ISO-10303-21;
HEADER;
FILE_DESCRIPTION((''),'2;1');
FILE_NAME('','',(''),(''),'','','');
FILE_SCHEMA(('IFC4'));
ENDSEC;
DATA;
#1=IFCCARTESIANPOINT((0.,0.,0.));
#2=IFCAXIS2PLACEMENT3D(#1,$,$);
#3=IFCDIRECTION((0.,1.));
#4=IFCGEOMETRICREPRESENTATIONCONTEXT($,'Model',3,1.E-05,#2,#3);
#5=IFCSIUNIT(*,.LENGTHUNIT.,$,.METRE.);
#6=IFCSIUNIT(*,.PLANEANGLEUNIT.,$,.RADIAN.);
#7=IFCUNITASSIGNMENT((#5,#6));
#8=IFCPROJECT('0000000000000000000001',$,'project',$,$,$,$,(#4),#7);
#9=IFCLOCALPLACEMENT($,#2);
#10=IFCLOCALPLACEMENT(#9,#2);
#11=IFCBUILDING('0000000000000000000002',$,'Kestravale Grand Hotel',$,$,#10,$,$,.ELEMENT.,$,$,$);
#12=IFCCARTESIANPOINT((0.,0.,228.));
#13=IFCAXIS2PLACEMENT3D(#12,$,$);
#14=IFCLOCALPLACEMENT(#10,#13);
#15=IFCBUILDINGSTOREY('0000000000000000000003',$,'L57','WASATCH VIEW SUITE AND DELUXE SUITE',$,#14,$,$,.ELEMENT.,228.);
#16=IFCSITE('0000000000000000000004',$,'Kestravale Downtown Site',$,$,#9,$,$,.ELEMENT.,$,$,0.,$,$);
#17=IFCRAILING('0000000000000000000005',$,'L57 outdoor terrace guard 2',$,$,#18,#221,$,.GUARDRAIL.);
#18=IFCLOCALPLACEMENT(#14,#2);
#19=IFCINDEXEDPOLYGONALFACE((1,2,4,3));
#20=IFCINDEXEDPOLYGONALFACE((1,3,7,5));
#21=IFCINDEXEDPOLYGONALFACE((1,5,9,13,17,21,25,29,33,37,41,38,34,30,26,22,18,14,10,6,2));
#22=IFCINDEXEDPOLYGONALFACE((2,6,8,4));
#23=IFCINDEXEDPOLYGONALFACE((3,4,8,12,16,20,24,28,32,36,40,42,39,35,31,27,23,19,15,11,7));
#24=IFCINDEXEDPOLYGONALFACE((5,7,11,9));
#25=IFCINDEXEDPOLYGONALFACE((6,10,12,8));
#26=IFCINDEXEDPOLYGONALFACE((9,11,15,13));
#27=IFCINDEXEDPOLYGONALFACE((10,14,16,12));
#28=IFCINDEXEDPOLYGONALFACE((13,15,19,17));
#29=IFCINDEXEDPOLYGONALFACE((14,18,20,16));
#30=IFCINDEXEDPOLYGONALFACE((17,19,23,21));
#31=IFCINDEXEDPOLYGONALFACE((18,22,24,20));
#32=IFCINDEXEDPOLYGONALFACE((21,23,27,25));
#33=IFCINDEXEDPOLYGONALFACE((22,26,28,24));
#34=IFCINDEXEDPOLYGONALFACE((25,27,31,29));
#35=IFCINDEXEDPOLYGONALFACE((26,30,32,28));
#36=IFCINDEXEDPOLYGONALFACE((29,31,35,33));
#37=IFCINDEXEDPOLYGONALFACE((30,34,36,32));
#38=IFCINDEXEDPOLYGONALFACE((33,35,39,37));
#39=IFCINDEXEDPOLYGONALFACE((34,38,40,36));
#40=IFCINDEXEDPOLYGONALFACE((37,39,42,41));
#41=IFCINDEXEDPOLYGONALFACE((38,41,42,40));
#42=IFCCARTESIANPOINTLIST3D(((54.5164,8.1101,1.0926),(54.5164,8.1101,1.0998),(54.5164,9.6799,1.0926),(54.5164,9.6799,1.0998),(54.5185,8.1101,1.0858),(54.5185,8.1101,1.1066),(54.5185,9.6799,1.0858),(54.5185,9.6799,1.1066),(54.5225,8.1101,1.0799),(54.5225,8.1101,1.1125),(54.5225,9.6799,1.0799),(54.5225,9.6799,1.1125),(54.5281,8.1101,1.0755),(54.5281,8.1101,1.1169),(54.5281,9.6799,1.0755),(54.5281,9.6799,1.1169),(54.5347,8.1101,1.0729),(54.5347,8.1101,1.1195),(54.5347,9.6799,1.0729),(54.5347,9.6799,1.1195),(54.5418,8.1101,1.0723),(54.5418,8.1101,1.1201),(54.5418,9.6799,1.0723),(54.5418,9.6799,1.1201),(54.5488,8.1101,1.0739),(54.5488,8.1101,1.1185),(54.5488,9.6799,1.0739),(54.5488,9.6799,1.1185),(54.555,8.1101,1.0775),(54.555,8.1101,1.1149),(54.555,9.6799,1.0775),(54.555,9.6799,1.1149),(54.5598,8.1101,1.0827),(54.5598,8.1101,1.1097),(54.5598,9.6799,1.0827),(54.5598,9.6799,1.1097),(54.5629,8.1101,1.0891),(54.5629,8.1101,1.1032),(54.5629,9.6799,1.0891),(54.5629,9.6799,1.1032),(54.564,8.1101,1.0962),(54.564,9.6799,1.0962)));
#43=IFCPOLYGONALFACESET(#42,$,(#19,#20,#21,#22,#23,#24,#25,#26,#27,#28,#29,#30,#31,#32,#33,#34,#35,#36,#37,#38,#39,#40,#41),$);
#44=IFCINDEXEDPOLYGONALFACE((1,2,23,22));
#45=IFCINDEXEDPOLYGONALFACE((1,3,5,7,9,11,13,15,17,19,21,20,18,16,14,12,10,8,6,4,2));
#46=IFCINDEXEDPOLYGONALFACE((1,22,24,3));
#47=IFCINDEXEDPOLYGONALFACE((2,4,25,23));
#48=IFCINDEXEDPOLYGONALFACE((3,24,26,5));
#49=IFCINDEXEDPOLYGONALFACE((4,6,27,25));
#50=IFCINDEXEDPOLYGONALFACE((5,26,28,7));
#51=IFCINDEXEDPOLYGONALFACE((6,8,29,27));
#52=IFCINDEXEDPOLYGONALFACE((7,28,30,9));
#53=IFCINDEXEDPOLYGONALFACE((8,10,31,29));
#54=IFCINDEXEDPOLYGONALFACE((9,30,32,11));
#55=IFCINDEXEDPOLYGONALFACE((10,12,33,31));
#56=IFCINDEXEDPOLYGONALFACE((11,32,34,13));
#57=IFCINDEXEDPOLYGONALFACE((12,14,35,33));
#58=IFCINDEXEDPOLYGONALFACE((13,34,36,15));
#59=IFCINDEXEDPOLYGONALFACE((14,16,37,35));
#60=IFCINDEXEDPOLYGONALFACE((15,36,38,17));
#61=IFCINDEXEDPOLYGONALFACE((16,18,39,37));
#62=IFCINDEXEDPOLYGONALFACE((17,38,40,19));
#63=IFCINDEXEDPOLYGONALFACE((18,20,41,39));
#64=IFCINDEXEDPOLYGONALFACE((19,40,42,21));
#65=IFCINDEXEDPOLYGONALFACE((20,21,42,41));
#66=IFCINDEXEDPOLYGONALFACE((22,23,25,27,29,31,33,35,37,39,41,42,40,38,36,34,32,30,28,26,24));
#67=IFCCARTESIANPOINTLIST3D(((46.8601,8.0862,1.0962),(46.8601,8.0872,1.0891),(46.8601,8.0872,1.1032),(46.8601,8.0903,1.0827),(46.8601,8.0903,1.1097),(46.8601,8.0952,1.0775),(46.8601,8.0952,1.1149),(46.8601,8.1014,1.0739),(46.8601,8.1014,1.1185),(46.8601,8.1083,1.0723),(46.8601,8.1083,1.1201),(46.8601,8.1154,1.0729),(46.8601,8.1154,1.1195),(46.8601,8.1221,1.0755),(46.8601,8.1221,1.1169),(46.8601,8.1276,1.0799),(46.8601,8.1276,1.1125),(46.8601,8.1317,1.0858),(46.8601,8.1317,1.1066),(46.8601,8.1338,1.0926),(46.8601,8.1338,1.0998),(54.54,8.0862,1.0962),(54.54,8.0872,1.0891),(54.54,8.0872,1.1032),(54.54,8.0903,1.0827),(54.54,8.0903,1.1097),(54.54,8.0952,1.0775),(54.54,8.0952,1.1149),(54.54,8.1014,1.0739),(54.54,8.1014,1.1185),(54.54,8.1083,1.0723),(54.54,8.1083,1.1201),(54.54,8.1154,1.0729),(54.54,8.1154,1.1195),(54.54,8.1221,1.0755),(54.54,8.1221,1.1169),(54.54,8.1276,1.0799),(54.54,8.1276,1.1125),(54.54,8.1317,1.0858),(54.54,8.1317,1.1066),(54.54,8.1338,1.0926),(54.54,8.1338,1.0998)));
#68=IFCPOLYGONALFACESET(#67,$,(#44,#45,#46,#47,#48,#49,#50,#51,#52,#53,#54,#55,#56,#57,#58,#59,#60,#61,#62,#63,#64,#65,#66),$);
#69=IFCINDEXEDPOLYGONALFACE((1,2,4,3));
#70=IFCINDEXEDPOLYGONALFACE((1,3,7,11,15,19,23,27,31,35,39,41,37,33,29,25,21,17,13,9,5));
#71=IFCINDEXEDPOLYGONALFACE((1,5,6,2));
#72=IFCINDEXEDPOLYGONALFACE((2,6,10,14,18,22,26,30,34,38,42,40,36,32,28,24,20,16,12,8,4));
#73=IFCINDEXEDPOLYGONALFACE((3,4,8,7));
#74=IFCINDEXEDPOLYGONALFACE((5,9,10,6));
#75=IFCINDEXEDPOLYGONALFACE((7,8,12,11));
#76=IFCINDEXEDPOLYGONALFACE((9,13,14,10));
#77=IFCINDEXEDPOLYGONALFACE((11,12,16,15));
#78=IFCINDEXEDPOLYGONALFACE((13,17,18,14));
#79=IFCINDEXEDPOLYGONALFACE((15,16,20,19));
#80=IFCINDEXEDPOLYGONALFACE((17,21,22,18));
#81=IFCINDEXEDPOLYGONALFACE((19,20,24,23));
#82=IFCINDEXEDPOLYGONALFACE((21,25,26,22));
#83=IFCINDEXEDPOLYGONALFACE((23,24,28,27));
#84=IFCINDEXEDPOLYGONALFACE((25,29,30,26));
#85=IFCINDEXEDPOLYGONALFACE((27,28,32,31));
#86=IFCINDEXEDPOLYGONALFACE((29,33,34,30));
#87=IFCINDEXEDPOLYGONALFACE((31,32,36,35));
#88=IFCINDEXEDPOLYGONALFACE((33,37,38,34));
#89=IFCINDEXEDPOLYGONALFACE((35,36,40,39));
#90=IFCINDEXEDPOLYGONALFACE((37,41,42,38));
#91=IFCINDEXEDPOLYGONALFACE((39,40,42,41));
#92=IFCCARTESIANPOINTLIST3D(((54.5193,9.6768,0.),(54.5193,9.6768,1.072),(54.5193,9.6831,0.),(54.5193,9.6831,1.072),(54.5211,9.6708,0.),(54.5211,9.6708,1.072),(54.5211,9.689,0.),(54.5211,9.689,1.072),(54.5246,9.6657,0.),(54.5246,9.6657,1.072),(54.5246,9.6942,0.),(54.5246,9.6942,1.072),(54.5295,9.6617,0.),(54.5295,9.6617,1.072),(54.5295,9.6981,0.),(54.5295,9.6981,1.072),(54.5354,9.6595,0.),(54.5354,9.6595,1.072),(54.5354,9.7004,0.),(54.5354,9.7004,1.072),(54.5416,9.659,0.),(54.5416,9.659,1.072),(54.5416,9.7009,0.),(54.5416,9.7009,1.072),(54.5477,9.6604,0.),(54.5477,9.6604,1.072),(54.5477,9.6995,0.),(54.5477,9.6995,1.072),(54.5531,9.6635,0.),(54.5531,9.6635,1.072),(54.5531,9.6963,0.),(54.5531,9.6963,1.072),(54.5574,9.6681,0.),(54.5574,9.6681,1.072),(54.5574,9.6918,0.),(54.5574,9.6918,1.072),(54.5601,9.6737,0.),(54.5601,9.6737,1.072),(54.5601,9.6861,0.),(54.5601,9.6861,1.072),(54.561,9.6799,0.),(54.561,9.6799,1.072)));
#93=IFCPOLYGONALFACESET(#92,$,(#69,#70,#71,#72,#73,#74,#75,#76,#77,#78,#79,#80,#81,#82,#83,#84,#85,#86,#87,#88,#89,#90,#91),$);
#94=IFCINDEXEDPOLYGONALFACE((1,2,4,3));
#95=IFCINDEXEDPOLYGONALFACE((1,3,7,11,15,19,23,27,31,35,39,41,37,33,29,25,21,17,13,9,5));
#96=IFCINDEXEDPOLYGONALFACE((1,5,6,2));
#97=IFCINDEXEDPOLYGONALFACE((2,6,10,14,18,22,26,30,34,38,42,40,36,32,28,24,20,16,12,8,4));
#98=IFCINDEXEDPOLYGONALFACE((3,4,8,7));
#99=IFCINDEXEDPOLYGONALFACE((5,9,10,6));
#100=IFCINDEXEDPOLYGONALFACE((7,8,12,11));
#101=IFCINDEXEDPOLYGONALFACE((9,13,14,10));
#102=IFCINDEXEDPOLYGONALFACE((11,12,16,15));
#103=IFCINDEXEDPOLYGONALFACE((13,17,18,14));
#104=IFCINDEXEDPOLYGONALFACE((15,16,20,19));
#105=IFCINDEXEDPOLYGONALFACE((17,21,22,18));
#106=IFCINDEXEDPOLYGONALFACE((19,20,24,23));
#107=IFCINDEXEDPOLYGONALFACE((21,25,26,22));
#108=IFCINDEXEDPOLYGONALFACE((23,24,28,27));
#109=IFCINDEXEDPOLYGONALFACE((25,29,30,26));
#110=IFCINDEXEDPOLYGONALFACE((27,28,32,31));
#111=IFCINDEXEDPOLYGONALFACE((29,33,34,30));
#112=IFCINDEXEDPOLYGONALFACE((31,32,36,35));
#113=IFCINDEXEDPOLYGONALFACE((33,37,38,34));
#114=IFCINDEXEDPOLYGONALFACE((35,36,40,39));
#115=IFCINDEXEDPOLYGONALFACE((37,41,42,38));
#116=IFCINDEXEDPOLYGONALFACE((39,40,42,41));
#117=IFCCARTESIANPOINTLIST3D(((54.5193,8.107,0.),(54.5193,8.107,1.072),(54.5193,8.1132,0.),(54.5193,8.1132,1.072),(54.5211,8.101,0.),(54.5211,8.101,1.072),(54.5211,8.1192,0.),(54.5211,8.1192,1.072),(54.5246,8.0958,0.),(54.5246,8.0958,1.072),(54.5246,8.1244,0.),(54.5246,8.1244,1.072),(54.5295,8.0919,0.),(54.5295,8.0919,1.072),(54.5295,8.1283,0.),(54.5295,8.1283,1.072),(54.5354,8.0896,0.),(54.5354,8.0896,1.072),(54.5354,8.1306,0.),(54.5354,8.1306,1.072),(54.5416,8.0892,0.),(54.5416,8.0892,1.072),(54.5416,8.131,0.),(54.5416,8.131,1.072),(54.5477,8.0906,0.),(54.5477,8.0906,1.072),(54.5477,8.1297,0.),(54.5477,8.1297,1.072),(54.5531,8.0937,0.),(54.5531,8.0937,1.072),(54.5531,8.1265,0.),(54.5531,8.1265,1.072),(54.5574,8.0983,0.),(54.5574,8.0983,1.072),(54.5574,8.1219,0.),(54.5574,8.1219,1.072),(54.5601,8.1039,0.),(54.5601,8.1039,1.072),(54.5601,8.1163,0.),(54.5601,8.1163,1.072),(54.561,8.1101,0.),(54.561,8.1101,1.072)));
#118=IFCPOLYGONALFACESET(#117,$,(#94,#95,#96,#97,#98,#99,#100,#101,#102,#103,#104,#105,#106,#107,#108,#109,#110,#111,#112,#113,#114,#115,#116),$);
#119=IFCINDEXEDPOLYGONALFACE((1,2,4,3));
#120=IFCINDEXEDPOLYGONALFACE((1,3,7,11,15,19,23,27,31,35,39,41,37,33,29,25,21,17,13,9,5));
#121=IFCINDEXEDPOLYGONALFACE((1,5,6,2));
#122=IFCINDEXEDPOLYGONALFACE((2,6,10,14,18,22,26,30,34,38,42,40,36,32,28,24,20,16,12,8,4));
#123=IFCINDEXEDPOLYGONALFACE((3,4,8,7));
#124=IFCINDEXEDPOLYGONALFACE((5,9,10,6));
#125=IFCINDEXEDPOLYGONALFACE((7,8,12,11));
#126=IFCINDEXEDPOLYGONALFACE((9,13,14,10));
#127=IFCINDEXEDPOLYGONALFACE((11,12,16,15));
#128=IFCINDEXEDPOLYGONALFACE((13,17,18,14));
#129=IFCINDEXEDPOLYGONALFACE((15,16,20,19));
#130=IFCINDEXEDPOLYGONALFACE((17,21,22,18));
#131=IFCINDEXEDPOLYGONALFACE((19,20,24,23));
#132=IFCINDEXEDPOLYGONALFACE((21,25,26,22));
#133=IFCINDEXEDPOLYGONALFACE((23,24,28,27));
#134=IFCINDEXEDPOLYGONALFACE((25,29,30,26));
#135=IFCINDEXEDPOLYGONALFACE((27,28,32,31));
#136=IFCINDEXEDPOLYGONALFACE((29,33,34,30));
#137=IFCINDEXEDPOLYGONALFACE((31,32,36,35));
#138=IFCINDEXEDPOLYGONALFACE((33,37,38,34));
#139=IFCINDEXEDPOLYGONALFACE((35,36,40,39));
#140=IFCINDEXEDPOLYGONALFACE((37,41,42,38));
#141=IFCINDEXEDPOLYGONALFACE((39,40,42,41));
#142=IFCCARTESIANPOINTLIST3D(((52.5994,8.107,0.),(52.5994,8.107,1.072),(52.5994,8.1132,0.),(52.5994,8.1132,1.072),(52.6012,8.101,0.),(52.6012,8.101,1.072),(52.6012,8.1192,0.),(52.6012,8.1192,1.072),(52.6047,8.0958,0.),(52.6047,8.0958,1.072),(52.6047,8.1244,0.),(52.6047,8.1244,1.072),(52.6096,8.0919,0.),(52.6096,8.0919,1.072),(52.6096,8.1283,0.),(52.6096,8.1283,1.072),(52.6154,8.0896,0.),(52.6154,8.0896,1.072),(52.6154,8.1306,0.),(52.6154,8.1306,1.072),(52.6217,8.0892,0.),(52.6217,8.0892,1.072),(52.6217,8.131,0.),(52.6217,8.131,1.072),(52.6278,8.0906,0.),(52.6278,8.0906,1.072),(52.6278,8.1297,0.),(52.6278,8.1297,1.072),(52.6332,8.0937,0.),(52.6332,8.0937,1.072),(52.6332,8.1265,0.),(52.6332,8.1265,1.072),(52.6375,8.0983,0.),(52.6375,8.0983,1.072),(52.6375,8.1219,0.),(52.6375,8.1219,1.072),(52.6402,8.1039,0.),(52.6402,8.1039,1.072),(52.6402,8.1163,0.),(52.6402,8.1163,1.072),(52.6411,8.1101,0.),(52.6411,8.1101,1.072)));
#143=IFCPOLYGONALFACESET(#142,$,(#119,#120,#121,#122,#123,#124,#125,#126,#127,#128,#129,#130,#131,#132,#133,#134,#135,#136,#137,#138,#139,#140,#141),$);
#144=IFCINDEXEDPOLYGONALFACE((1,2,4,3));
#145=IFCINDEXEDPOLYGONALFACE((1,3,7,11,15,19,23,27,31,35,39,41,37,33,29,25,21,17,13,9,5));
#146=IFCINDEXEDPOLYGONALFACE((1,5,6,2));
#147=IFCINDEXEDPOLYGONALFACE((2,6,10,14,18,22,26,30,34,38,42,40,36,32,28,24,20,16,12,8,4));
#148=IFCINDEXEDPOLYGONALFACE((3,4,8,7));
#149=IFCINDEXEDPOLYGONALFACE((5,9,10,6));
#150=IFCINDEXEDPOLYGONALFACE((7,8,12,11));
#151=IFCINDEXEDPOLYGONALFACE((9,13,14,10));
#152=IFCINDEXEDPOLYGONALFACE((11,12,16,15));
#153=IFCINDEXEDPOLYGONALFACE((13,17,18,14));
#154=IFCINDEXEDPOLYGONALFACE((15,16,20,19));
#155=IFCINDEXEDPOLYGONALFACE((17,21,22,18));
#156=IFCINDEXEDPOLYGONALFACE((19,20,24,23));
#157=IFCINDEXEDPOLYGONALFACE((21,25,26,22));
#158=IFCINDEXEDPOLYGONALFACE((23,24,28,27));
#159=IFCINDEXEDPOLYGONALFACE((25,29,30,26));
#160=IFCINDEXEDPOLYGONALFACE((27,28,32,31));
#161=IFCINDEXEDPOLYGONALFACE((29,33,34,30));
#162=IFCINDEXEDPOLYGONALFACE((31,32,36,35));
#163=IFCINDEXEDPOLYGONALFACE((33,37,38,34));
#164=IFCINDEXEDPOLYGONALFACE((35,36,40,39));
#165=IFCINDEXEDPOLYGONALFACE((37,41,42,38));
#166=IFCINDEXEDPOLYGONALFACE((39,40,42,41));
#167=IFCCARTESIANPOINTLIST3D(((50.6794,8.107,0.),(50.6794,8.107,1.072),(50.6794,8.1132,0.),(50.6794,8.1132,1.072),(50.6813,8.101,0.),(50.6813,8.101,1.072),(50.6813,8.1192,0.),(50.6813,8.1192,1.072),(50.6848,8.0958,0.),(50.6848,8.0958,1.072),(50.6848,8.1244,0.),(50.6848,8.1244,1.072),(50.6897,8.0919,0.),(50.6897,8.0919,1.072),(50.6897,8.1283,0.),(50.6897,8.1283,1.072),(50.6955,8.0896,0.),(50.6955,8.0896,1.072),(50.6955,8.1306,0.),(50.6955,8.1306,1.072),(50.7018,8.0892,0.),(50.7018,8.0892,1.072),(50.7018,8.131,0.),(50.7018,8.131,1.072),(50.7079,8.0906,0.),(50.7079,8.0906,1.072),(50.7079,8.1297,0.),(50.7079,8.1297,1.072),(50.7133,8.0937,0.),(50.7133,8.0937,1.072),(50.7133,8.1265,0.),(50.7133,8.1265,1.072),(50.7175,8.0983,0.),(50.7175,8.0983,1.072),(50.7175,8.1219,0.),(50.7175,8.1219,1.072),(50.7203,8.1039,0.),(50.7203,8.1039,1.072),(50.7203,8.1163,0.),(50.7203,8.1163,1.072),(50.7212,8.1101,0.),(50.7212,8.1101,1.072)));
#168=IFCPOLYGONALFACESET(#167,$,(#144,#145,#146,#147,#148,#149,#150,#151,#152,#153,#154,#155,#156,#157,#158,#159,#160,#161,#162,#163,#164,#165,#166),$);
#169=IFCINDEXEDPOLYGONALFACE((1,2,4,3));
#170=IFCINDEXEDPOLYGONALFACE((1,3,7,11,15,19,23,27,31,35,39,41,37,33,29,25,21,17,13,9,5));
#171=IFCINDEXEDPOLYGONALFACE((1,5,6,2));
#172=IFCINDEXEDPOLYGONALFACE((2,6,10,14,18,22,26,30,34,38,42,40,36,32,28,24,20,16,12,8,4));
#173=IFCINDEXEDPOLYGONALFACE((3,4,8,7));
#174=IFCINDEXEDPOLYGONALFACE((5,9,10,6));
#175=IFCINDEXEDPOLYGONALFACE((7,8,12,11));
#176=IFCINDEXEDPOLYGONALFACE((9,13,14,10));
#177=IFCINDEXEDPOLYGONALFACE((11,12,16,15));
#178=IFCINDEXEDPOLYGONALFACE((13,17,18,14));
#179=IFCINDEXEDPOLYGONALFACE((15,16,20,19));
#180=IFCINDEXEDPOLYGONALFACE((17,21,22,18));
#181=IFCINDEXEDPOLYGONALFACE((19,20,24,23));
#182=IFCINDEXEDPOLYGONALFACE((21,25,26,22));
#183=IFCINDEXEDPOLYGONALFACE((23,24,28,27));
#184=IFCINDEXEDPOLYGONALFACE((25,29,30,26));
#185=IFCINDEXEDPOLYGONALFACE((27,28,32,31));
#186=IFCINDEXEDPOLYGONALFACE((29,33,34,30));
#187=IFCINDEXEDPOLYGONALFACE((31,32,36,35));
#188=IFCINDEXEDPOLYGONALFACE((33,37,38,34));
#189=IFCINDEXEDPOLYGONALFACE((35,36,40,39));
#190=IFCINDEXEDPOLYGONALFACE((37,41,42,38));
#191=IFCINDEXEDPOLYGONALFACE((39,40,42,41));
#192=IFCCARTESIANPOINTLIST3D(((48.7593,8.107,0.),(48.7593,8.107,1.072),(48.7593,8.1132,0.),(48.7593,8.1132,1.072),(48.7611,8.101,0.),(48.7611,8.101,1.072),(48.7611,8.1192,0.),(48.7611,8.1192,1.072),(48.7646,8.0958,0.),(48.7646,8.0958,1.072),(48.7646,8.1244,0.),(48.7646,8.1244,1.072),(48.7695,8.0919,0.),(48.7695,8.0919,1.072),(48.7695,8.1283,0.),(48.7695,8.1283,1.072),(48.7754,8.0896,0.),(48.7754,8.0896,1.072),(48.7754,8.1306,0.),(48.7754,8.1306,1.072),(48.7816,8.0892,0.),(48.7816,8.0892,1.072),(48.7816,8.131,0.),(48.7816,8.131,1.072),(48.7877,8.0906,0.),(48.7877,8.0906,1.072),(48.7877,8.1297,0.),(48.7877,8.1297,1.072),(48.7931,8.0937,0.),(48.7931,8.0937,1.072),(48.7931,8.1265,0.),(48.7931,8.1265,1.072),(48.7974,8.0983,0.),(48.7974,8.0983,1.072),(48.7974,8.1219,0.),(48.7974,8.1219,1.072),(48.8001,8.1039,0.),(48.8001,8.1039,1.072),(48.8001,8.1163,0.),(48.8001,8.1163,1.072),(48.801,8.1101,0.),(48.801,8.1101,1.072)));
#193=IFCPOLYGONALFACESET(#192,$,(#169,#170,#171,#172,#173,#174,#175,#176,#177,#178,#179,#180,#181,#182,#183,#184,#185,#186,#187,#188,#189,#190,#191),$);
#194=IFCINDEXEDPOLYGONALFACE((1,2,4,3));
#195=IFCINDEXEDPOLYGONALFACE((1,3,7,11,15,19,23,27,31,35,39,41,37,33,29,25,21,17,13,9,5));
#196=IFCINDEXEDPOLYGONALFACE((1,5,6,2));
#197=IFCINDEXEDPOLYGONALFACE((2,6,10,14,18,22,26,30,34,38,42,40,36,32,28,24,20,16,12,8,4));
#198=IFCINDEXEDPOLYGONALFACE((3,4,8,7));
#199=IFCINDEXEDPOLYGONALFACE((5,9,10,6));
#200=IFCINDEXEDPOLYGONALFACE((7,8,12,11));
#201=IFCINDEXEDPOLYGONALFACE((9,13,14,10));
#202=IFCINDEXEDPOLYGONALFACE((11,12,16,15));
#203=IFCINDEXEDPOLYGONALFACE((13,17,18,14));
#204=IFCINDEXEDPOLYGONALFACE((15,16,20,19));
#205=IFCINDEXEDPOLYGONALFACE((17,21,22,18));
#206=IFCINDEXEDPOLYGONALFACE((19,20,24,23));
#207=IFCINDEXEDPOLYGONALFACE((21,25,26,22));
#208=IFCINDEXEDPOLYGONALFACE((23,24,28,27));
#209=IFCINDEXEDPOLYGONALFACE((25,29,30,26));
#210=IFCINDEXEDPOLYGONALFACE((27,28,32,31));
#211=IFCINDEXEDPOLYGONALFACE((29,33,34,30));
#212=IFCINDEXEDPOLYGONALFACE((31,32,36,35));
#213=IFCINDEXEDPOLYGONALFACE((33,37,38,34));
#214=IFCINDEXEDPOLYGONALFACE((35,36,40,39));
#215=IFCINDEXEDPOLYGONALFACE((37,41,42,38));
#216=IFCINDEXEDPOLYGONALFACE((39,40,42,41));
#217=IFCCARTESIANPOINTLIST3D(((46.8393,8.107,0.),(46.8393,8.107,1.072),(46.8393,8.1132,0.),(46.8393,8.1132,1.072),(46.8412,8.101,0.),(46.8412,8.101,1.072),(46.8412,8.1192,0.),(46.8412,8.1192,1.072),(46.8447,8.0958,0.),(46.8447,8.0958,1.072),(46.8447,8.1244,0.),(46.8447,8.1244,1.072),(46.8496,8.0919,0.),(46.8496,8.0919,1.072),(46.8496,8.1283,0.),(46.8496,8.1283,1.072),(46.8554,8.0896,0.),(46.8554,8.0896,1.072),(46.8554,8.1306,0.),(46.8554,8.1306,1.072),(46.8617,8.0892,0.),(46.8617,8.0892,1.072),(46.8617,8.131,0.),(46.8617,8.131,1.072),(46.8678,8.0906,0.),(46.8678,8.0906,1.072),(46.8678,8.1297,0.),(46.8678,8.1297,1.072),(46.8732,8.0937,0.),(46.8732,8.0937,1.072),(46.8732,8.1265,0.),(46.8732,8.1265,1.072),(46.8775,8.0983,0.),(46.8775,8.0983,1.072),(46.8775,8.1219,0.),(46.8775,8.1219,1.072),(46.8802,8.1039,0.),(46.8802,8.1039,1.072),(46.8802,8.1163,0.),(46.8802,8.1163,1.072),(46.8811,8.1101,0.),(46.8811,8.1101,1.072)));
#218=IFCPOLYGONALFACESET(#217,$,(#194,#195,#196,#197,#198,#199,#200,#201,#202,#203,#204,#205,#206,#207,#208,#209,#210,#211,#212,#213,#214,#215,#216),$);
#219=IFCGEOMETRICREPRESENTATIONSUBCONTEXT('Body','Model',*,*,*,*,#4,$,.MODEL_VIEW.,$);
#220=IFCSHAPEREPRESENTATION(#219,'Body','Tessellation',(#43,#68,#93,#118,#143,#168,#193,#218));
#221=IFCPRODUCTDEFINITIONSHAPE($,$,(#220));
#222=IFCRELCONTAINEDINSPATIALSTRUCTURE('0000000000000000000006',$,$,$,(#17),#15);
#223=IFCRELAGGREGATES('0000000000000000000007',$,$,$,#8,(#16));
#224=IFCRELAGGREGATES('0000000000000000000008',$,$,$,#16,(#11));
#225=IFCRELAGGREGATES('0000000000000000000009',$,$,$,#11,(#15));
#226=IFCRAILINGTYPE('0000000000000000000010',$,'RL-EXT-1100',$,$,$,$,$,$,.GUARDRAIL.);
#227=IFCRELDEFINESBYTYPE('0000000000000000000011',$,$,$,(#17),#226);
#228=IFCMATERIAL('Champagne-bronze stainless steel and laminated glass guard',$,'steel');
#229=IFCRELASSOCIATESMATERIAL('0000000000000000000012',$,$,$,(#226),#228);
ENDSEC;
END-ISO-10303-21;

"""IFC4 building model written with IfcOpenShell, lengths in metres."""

from ifc_helpers import new_model, si_unit, direction, frame, origin, origin_2d, place, context, subcontext, project, spatial, circle, extrude, material, type_object, element, save


model = new_model("IFC4")

# Units and contexts
model_context = context("Model", 3, precision=1e-05, world=origin(), true_north=direction((0.0, 1.0)))
body_context = subcontext(model_context, "Body", "Model", "MODEL_VIEW")
ifc_project = project(units=[si_unit("LENGTHUNIT", "METRE"), si_unit("PLANEANGLEUNIT", "RADIAN")], contexts=[model_context])

# Site, building, storey
site_placement = place(None, origin())
site = spatial("IfcSite", under=ifc_project, at=site_placement, Name="Kestravale Downtown Site", CompositionType="ELEMENT", RefElevation=0.0)
building_placement = place(site_placement, origin())
building = spatial("IfcBuilding", under=site, at=building_placement, Name="Kestravale Grand Hotel", CompositionType="ELEMENT")
storey_placement = place(building_placement, frame((0.0, 0.0, 228.0)))
storey = spatial("IfcBuildingStorey", under=building, at=storey_placement, Name="L57", Description="WASATCH VIEW SUITE AND DELUXE SUITE", CompositionType="ELEMENT", Elevation=228.0)

# Railing
ifc_material_1 = material(Name="Champagne-bronze stainless steel and laminated glass guard", Category="steel")
railing_type = type_object("IfcRailingType", Name="RL-EXT-1100", PredefinedType="GUARDRAIL", material=ifc_material_1)
railing_1_placement = place(storey_placement, frame((54.54, 9.6799, 0.0)))
element("IfcRailing", 1, at=railing_1_placement, inside=storey, type_object=railing_type, Name="L57 outdoor terrace guard 2", PredefinedType="GUARDRAIL", context=body_context, shape_type="SweptSolid", body=[
    extrude(circle(Radius=0.0239, at=origin_2d()), frame((0.0, 0.0, 1.0962), z_axis=(0.0, -1.0, 0.0), x_axis=(1.0, 0.0, 0.0)), (0.0, 0.0, 1.0), 1.5698),
    extrude(circle(Radius=0.0239, at=origin_2d()), frame((0.0, -1.5698, 1.0962), z_axis=(-1.0, 0.0, 0.0), x_axis=(0.0, -1.0, 0.0)), (0.0, 0.0, 1.0), 7.6799),
    extrude(circle(Radius=0.021, at=origin_2d()), origin(), (0.0, 0.0, 1.0), 1.072),
    extrude(circle(Radius=0.021, at=origin_2d()), frame((0.0, -1.5698, 0.0)), (0.0, 0.0, 1.0), 1.072),
    extrude(circle(Radius=0.021, at=origin_2d()), frame((-1.9199, -1.5698, 0.0)), (0.0, 0.0, 1.0), 1.072),
    extrude(circle(Radius=0.021, at=origin_2d()), frame((-3.8398, -1.5698, 0.0)), (0.0, 0.0, 1.0), 1.072),
    extrude(circle(Radius=0.021, at=origin_2d()), frame((-5.76, -1.5698, 0.0)), (0.0, 0.0, 1.0), 1.072),
    extrude(circle(Radius=0.021, at=origin_2d()), frame((-7.6799, -1.5698, 0.0)), (0.0, 0.0, 1.0), 1.072),
])

save(model, "model.ifc")
